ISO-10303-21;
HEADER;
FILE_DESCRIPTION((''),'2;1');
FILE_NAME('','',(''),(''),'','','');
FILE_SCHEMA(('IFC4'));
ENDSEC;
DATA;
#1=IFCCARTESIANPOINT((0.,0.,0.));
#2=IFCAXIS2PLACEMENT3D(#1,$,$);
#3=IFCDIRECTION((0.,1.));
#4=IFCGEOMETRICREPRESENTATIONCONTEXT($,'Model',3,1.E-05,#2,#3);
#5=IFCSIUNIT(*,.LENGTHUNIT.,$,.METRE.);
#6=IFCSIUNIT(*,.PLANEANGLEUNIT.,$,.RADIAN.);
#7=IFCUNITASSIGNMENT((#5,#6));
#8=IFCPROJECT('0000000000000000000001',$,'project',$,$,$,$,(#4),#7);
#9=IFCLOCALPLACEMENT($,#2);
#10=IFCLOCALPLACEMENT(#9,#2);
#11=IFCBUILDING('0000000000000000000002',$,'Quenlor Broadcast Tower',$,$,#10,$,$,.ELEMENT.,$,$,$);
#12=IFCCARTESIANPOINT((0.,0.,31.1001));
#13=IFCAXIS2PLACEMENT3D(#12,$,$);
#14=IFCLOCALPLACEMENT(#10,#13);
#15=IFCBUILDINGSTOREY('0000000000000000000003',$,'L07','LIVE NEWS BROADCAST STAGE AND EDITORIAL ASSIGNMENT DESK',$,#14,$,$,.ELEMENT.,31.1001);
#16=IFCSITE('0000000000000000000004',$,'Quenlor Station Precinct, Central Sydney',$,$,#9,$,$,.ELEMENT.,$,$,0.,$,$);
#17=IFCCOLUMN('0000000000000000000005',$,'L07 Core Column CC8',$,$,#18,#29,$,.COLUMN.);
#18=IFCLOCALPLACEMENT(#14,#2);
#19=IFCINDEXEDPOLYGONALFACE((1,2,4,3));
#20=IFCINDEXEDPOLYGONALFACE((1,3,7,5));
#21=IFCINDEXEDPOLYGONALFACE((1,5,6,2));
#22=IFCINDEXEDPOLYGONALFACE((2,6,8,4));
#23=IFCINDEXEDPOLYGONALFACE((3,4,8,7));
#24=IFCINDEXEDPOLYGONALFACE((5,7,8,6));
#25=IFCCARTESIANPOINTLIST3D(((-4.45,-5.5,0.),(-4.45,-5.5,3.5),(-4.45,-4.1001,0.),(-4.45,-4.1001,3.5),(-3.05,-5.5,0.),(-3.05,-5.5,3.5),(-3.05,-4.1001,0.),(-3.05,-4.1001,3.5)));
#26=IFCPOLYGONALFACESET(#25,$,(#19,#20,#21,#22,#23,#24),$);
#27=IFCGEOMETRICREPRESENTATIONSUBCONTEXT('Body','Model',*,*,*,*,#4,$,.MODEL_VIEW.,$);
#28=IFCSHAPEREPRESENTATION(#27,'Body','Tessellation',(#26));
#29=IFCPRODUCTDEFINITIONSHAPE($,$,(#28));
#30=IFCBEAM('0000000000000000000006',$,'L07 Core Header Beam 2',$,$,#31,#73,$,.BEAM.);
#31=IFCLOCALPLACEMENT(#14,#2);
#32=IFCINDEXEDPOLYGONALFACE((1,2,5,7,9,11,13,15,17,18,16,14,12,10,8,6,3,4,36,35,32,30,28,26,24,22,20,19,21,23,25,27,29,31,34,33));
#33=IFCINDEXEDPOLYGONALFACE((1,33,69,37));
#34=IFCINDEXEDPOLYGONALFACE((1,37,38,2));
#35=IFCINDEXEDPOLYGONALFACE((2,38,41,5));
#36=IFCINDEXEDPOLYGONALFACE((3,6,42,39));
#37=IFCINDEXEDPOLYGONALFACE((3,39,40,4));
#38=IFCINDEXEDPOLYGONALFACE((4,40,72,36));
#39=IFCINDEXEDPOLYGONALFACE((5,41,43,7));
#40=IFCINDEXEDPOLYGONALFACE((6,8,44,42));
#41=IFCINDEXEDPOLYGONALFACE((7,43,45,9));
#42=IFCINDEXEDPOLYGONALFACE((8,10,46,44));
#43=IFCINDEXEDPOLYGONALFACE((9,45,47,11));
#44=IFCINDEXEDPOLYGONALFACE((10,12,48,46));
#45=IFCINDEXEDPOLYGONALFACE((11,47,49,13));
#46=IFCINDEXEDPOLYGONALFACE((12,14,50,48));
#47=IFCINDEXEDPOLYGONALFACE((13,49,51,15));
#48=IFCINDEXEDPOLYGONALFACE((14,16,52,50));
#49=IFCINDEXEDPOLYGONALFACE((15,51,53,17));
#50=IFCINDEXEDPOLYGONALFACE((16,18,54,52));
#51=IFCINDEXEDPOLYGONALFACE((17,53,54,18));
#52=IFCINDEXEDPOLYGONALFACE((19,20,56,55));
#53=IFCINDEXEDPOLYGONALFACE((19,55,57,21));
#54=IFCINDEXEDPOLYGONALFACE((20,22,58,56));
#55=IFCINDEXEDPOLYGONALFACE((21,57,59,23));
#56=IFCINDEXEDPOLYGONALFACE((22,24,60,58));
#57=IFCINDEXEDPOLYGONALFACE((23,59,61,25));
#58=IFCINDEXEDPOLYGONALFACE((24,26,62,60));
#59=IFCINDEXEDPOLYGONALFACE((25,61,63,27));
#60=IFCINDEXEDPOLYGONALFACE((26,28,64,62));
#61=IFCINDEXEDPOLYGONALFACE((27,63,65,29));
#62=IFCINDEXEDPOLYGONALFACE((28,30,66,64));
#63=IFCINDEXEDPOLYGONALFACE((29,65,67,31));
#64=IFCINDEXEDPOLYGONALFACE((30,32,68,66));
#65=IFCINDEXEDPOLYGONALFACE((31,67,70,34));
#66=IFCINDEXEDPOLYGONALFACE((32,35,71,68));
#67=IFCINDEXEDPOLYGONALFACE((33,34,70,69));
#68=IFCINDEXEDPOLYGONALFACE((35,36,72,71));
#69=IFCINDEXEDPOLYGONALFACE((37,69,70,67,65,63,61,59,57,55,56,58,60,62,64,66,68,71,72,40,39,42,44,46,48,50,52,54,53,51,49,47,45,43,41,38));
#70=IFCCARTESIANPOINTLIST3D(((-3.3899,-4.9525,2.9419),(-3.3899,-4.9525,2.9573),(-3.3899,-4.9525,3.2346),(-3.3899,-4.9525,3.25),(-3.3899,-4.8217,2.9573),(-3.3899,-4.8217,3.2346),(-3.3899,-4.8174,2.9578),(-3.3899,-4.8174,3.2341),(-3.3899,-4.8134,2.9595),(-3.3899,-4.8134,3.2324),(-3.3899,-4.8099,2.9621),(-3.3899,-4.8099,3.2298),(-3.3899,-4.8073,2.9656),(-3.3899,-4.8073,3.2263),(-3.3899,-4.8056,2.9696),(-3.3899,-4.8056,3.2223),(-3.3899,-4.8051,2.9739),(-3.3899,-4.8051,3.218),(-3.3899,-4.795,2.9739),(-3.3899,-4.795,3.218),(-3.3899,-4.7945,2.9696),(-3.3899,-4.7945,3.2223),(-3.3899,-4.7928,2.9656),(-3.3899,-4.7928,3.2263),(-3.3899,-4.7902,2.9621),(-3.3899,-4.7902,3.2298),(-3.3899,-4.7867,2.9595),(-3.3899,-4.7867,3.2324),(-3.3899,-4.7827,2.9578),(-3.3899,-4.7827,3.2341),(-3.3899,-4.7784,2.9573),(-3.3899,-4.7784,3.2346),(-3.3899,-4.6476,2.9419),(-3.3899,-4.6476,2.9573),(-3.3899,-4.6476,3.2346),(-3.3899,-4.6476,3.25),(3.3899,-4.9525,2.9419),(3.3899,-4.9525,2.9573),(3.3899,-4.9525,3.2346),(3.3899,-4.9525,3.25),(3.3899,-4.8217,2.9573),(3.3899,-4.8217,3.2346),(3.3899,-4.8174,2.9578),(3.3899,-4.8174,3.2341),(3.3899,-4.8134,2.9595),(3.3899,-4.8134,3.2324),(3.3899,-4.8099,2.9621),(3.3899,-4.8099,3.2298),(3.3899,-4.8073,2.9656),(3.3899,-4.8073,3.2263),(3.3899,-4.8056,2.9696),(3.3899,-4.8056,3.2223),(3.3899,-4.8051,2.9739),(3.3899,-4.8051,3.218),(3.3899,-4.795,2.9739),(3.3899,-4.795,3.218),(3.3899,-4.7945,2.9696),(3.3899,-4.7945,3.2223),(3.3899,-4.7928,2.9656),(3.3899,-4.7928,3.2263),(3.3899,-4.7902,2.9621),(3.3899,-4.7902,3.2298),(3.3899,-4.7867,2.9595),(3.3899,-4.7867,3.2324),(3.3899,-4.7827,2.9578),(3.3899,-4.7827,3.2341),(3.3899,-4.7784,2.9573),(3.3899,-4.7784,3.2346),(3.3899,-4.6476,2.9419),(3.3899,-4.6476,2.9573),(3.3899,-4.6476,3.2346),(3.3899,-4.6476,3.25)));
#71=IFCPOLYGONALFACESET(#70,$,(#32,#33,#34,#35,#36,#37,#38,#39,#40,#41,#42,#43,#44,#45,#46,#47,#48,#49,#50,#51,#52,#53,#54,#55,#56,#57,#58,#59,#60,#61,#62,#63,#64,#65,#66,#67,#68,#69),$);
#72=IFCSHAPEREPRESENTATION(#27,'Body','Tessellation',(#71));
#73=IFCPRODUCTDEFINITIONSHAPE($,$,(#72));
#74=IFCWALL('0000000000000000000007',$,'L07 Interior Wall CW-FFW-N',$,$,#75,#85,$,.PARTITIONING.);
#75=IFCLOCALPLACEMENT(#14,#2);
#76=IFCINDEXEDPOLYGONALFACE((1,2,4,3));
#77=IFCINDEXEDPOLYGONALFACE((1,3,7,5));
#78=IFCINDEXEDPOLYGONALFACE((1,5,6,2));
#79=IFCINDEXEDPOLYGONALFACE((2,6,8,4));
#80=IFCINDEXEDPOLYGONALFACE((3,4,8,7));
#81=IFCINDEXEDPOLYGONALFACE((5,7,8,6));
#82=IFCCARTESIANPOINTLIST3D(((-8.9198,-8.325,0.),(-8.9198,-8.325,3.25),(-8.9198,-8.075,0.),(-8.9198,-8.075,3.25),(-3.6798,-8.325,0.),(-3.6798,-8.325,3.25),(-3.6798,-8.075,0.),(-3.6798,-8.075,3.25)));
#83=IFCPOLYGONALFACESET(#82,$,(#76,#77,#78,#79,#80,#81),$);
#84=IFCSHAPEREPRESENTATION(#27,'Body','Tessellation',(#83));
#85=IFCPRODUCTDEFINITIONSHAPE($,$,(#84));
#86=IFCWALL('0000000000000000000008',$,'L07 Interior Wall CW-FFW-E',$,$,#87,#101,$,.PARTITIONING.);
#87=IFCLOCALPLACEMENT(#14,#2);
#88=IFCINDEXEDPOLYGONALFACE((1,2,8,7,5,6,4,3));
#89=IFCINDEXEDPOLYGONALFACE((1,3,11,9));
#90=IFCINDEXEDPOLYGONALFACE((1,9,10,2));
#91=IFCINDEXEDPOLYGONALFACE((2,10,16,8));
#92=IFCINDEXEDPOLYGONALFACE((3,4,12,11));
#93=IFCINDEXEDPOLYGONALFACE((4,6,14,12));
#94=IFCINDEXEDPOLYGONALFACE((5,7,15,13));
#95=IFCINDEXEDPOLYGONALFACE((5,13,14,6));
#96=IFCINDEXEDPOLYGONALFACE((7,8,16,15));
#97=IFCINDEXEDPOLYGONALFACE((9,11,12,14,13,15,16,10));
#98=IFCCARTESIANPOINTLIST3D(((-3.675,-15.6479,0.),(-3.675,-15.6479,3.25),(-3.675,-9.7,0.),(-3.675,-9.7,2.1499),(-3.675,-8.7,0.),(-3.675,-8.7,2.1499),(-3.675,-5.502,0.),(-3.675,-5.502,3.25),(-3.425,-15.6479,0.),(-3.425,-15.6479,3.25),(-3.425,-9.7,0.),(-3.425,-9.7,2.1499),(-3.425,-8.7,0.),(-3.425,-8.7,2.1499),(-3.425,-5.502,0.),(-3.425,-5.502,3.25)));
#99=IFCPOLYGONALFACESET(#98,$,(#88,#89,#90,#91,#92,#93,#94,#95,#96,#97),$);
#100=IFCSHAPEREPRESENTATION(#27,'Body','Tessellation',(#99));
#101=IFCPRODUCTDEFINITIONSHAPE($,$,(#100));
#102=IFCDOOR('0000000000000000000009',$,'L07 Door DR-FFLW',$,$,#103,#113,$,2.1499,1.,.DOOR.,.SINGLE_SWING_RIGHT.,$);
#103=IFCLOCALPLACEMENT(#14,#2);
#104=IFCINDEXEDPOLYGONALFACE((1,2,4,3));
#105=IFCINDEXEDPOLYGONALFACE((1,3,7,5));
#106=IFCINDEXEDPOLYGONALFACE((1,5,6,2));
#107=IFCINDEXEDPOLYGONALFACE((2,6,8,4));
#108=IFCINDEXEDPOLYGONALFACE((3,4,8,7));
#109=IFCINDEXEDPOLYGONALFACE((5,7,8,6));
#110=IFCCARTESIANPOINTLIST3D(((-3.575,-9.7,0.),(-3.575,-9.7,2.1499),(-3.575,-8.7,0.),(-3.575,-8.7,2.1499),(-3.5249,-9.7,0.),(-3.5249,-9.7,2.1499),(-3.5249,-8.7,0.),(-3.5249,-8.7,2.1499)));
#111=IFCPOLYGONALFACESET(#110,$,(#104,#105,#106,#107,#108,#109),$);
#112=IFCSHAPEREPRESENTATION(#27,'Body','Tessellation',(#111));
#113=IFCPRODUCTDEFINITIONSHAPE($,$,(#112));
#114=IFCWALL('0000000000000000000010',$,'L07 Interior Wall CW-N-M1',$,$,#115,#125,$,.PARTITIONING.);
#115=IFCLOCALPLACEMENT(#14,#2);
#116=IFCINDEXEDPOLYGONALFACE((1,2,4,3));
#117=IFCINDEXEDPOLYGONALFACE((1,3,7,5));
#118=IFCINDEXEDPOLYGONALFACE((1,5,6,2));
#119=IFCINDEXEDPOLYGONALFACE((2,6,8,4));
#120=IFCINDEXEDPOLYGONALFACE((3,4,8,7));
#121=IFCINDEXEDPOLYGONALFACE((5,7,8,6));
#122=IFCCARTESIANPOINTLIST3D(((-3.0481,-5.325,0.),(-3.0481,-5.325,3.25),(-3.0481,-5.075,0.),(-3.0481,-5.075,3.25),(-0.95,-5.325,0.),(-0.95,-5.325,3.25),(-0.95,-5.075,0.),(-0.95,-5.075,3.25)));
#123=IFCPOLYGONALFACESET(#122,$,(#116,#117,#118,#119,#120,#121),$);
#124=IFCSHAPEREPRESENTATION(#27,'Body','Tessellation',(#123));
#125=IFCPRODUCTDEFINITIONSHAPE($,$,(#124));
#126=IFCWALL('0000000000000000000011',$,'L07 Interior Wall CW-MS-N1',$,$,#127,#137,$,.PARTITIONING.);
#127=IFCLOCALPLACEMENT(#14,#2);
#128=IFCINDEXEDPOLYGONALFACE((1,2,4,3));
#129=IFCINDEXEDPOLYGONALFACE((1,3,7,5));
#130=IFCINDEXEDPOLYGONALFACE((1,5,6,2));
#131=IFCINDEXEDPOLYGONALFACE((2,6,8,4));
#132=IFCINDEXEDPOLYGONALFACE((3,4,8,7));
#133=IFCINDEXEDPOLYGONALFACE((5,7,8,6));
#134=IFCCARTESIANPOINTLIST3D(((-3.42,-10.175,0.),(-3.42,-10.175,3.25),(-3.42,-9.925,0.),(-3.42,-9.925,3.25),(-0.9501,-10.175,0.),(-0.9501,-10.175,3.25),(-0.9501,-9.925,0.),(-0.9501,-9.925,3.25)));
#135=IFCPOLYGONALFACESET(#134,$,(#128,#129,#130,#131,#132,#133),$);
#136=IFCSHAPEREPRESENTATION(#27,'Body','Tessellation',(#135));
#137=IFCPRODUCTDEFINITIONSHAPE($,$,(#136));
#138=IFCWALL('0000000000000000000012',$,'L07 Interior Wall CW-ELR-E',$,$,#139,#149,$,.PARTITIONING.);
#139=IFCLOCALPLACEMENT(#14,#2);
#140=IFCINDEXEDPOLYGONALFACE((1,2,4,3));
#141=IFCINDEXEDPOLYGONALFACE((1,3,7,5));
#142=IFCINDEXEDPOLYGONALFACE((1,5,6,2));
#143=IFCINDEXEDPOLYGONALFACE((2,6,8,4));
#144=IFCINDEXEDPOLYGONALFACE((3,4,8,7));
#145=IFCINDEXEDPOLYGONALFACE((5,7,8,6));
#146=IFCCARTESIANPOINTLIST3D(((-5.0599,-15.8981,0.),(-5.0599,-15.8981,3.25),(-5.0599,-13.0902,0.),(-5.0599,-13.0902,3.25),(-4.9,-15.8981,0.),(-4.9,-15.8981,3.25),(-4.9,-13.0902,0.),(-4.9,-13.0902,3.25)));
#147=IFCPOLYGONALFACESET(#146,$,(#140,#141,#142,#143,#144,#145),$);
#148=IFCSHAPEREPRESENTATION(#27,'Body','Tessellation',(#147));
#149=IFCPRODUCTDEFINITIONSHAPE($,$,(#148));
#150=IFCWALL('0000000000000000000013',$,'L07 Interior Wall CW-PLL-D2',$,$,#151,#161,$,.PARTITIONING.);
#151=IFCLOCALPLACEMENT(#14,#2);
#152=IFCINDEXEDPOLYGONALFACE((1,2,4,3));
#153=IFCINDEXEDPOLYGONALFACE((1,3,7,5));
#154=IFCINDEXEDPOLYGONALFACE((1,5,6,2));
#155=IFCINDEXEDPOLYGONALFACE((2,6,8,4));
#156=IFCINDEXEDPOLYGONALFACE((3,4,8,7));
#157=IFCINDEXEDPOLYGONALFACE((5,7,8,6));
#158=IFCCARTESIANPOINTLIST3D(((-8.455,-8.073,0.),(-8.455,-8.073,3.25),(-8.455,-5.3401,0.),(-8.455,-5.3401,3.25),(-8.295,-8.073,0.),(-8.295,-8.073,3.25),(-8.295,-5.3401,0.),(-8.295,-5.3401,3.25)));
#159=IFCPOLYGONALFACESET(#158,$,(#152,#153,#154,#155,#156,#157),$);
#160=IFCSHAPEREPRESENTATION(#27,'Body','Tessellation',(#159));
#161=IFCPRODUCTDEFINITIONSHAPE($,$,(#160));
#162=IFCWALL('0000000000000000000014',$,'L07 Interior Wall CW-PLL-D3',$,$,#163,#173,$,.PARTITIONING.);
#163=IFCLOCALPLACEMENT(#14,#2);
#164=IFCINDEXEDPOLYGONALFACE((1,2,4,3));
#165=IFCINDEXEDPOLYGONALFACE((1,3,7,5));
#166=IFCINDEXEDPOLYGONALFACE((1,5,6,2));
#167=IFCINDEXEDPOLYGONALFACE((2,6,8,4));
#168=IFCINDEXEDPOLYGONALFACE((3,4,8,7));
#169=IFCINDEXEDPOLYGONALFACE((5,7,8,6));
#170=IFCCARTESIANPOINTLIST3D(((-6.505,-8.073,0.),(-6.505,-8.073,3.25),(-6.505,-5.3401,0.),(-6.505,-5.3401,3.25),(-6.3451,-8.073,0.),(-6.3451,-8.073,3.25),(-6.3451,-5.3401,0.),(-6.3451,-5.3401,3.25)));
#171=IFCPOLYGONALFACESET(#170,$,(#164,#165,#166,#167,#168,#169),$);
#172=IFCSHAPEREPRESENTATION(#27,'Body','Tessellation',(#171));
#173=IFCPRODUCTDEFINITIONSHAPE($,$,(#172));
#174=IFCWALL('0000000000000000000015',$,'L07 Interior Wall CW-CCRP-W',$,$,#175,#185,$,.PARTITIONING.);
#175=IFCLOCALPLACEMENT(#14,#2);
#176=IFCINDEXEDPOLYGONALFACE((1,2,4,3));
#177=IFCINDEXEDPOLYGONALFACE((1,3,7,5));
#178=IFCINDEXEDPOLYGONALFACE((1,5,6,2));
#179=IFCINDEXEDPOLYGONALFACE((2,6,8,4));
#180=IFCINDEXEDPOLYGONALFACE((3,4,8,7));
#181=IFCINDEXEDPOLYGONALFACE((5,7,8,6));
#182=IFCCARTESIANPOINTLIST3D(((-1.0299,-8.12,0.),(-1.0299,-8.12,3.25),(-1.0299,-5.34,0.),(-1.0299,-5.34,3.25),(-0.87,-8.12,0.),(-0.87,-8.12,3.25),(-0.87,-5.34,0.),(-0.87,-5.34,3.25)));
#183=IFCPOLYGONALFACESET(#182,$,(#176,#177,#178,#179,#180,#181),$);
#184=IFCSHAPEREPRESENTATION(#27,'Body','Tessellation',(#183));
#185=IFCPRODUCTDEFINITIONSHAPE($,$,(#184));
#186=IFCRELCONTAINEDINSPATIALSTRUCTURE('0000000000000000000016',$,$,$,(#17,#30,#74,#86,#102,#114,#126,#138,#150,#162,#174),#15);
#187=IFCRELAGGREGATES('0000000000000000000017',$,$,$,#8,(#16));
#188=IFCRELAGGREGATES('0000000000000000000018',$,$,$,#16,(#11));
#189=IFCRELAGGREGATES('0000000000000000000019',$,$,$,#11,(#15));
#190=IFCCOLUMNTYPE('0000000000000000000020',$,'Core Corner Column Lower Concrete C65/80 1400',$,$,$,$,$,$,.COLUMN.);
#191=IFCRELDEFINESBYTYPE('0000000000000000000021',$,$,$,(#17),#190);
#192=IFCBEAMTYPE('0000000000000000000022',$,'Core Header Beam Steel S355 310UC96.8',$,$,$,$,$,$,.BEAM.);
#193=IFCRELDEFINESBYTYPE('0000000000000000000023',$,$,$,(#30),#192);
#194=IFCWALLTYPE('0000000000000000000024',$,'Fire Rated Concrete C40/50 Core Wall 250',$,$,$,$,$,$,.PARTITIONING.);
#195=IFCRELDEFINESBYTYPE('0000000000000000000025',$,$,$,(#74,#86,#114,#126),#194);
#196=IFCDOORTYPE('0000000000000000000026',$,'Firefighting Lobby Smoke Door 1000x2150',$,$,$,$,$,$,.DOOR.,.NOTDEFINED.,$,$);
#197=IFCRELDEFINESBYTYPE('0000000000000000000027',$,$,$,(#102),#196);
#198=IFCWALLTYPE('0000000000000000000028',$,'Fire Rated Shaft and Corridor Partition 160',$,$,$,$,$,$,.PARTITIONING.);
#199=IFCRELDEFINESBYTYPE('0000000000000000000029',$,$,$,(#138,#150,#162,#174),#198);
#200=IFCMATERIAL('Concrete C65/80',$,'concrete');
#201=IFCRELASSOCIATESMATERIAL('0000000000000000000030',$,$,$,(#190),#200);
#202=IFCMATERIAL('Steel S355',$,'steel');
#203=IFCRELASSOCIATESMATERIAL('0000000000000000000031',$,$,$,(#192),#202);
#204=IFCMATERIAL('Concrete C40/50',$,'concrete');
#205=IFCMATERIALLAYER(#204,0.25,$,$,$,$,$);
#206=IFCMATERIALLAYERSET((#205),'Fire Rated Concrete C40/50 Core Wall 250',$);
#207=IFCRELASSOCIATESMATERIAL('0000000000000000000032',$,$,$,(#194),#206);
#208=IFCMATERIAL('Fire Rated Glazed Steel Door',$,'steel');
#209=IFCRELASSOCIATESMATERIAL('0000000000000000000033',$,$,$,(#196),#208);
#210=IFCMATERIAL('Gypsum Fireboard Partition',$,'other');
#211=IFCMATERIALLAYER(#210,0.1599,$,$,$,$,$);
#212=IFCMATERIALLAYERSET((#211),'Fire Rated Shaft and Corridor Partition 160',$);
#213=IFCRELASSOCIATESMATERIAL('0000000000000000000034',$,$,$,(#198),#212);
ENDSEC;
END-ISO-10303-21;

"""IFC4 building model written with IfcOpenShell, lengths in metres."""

from ifc_helpers import new_model, si_unit, direction, frame, frame_2d, origin, origin_2d, place, context, subcontext, project, spatial, rectangle, i_section, extrude, material, layer, layer_set, material_profile, profile_set, type_object, element, fill, save


model = new_model("IFC4")

# Units and contexts
model_context = context("Model", 3, precision=1e-05, world=origin(), true_north=direction((0.0, 1.0)))
body_context = subcontext(model_context, "Body", "Model", "MODEL_VIEW")
ifc_project = project(units=[si_unit("LENGTHUNIT", "METRE"), si_unit("PLANEANGLEUNIT", "RADIAN")], contexts=[model_context])

# Site, building, storey
site_placement = place(None, origin())
site = spatial("IfcSite", under=ifc_project, at=site_placement, Name="Quenlor Station Precinct, Central Sydney", CompositionType="ELEMENT", RefElevation=0.0)
building_placement = place(site_placement, origin())
building = spatial("IfcBuilding", under=site, at=building_placement, Name="Quenlor Broadcast Tower", CompositionType="ELEMENT")
storey_placement = place(building_placement, frame((0.0, 0.0, 31.1001)))
storey = spatial("IfcBuildingStorey", under=building, at=storey_placement, Name="L07", Description="LIVE NEWS BROADCAST STAGE AND EDITORIAL ASSIGNMENT DESK", CompositionType="ELEMENT", Elevation=31.1001)

# Column
ifc_material_1 = material(Name="Concrete C65/80", Category="concrete")
ifc_material_profile_1 = material_profile(ifc_material_1, rectangle(XDim=1.3999, YDim=1.3999, at=origin_2d()))
ifc_profile_set_1 = profile_set([ifc_material_profile_1], Name="Concrete C65/80 RC1400x1400")
column_type = type_object("IfcColumnType", Name="Core Corner Column Lower Concrete C65/80 1400", PredefinedType="COLUMN", material=ifc_profile_set_1)
column_placement = place(storey_placement, frame((-3.75, -4.8, 0.0), z_axis=(0.0, 0.0, 1.0), x_axis=(1.0, 0.0, 0.0)))
element("IfcColumn", 1, at=column_placement, inside=storey, type_object=column_type, Name="L07 Core Column CC8", PredefinedType="COLUMN", context=body_context, shape_type="SweptSolid", body=[
    extrude(rectangle(XDim=1.3999, YDim=1.3999, at=origin_2d()), origin(), (0.0, 0.0, 1.0), 3.5),
])

# Beam
ifc_material_2 = material(Name="Steel S355", Category="steel")
ifc_material_profile_2 = material_profile(ifc_material_2, i_section(OverallWidth=0.3049, OverallDepth=0.3081, WebThickness=0.01, FlangeThickness=0.0154, FilletRadius=0.0166, at=origin_2d()))
ifc_profile_set_2 = profile_set([ifc_material_profile_2], Name="Steel S355 310UC96.8")
beam_type = type_object("IfcBeamType", Name="Core Header Beam Steel S355 310UC96.8", PredefinedType="BEAM", material=ifc_profile_set_2)
beam_placement = place(storey_placement, frame((-3.3899, -4.8, 3.0959), z_axis=(1.0, 0.0, 0.0), x_axis=(0.0, 1.0, 0.0)))
element("IfcBeam", 2, at=beam_placement, inside=storey, type_object=beam_type, Name="L07 Core Header Beam 2", PredefinedType="BEAM", context=body_context, shape_type="SweptSolid", body=[
    extrude(i_section(OverallWidth=0.3049, OverallDepth=0.3081, WebThickness=0.01, FlangeThickness=0.0154, FilletRadius=0.0166, at=origin_2d()), origin(), (0.0, 0.0, 1.0), 6.7798),
])

# Shared definitions
ifc_material_3 = material(Name="Concrete C40/50", Category="concrete")
ifc_layer_1 = layer(ifc_material_3, 0.25)
ifc_layer_set_1 = layer_set([ifc_layer_1], Name="Fire Rated Concrete C40/50 Core Wall 250")
wall_type_1 = type_object("IfcWallType", Name="Fire Rated Concrete C40/50 Core Wall 250", PredefinedType="PARTITIONING", material=ifc_layer_set_1)

# Wall
wall_1_placement = place(storey_placement, frame((-8.9199, -8.2, 0.0), z_axis=(0.0, 0.0, 1.0), x_axis=(1.0, 0.0, 0.0)))
element("IfcWall", 3, at=wall_1_placement, inside=storey, type_object=wall_type_1, Name="L07 Interior Wall CW-FFW-N", PredefinedType="PARTITIONING", context=body_context, shape_type="SweptSolid", body=[
    extrude(rectangle(XDim=5.24, YDim=0.25, at=frame_2d((2.6201, 0.0))), origin(), (0.0, 0.0, 1.0), 3.25),
])

# Wall, opening, door
wall_2_placement = place(storey_placement, frame((-3.55, -15.6479, 0.0), z_axis=(0.0, 0.0, 1.0), x_axis=(0.0, 1.0, 0.0)))
wall_2 = element("IfcWall", 4, at=wall_2_placement, inside=storey, type_object=wall_type_1, Name="L07 Interior Wall CW-FFW-E", PredefinedType="PARTITIONING", context=body_context, shape_type="SweptSolid", body=[
    extrude(rectangle(XDim=10.146, YDim=0.25, at=frame_2d((5.073, 0.0))), origin(), (0.0, 0.0, 1.0), 3.25),
])
opening_1_placement = place(wall_2_placement, frame((5.948, 0.0, 0.0)))
opening_1 = element("IfcOpeningElement", 5, at=opening_1_placement, cuts=wall_2, PredefinedType="OPENING", context=body_context, shape_type="SweptSolid", body=[
    extrude(rectangle(XDim=1.0, YDim=2.1499, at=frame_2d((0.5, 1.075))), frame((0.0, 0.135, 0.0), z_axis=(0.0, -1.0, 0.0), x_axis=(1.0, 0.0, 0.0)), (0.0, 0.0, 1.0), 0.27),
])
ifc_material_4 = material(Name="Fire Rated Glazed Steel Door", Category="steel")
door_type_1 = type_object("IfcDoorType", Name="Firefighting Lobby Smoke Door 1000x2150", OperationType="NOTDEFINED", PredefinedType="DOOR", material=ifc_material_4)
door_1_placement = place(opening_1_placement, origin())
door_1 = element("IfcDoor", 6, at=door_1_placement, inside=storey, type_object=door_type_1, Name="L07 Door DR-FFLW", OperationType="SINGLE_SWING_RIGHT", OverallHeight=2.1499, OverallWidth=1.0, PredefinedType="DOOR", context=body_context, shape_type="SweptSolid", body=[
    extrude(rectangle(XDim=1.0, YDim=2.1499, at=frame_2d((0.5, 1.075))), frame((0.0, 0.0249, 0.0), z_axis=(0.0, -1.0, 0.0), x_axis=(1.0, 0.0, 0.0)), (0.0, 0.0, 1.0), 0.05),
])
fill(opening_1, door_1)

# Walls
wall_3_placement = place(storey_placement, frame((-3.0481, -5.2, 0.0), z_axis=(0.0, 0.0, 1.0), x_axis=(1.0, 0.0, 0.0)))
element("IfcWall", 7, at=wall_3_placement, inside=storey, type_object=wall_type_1, Name="L07 Interior Wall CW-N-M1", PredefinedType="PARTITIONING", context=body_context, shape_type="SweptSolid", body=[
    extrude(rectangle(XDim=2.0981, YDim=0.25, at=frame_2d((1.0491, 0.0))), origin(), (0.0, 0.0, 1.0), 3.25),
])
wall_4_placement = place(storey_placement, frame((-3.4199, -10.05, 0.0), z_axis=(0.0, 0.0, 1.0), x_axis=(1.0, 0.0, 0.0)))
element("IfcWall", 8, at=wall_4_placement, inside=storey, type_object=wall_type_1, Name="L07 Interior Wall CW-MS-N1", PredefinedType="PARTITIONING", context=body_context, shape_type="SweptSolid", body=[
    extrude(rectangle(XDim=2.47, YDim=0.25, at=frame_2d((1.2349, 0.0))), origin(), (0.0, 0.0, 1.0), 3.25),
])
ifc_material_5 = material(Name="Gypsum Fireboard Partition", Category="other")
ifc_layer_2 = layer(ifc_material_5, 0.1599)
ifc_layer_set_2 = layer_set([ifc_layer_2], Name="Fire Rated Shaft and Corridor Partition 160")
wall_type_2 = type_object("IfcWallType", Name="Fire Rated Shaft and Corridor Partition 160", PredefinedType="PARTITIONING", material=ifc_layer_set_2)
wall_5_placement = place(storey_placement, frame((-4.98, -15.8979, 0.0), z_axis=(0.0, 0.0, 1.0), x_axis=(0.0, 1.0, 0.0)))
element("IfcWall", 9, at=wall_5_placement, inside=storey, type_object=wall_type_2, Name="L07 Interior Wall CW-ELR-E", PredefinedType="PARTITIONING", context=body_context, shape_type="SweptSolid", body=[
    extrude(rectangle(XDim=2.8079, YDim=0.1599, at=frame_2d((1.4038, 0.0))), origin(), (0.0, 0.0, 1.0), 3.25),
])
for number, where, z_axis, x_axis, name in (
    (10, (-8.375, -8.073, 0.0), (0.0, 0.0, 1.0), (0.0, 1.0, 0.0), "L07 Interior Wall CW-PLL-D2"),
    (11, (-6.425, -8.073, 0.0), (0.0, 0.0, 1.0), (0.0, 1.0, 0.0), "L07 Interior Wall CW-PLL-D3"),
):
    element("IfcWall", number, at=place(storey_placement, frame(where, z_axis=z_axis, x_axis=x_axis)), inside=storey, type_object=wall_type_2, Name=name, PredefinedType="PARTITIONING", context=body_context, shape_type="SweptSolid", body=[
        extrude(rectangle(XDim=2.7329, YDim=0.1599, at=frame_2d((1.3665, 0.0))), origin(), (0.0, 0.0, 1.0), 3.25),
    ])
wall_6_placement = place(storey_placement, frame((-0.95, -8.1201, 0.0), z_axis=(0.0, 0.0, 1.0), x_axis=(0.0, 1.0, 0.0)))
element("IfcWall", 12, at=wall_6_placement, inside=storey, type_object=wall_type_2, Name="L07 Interior Wall CW-CCRP-W", PredefinedType="PARTITIONING", context=body_context, shape_type="SweptSolid", body=[
    extrude(rectangle(XDim=2.78, YDim=0.1599, at=frame_2d((1.3901, 0.0))), origin(), (0.0, 0.0, 1.0), 3.25),
])

save(model, "model.ifc")
